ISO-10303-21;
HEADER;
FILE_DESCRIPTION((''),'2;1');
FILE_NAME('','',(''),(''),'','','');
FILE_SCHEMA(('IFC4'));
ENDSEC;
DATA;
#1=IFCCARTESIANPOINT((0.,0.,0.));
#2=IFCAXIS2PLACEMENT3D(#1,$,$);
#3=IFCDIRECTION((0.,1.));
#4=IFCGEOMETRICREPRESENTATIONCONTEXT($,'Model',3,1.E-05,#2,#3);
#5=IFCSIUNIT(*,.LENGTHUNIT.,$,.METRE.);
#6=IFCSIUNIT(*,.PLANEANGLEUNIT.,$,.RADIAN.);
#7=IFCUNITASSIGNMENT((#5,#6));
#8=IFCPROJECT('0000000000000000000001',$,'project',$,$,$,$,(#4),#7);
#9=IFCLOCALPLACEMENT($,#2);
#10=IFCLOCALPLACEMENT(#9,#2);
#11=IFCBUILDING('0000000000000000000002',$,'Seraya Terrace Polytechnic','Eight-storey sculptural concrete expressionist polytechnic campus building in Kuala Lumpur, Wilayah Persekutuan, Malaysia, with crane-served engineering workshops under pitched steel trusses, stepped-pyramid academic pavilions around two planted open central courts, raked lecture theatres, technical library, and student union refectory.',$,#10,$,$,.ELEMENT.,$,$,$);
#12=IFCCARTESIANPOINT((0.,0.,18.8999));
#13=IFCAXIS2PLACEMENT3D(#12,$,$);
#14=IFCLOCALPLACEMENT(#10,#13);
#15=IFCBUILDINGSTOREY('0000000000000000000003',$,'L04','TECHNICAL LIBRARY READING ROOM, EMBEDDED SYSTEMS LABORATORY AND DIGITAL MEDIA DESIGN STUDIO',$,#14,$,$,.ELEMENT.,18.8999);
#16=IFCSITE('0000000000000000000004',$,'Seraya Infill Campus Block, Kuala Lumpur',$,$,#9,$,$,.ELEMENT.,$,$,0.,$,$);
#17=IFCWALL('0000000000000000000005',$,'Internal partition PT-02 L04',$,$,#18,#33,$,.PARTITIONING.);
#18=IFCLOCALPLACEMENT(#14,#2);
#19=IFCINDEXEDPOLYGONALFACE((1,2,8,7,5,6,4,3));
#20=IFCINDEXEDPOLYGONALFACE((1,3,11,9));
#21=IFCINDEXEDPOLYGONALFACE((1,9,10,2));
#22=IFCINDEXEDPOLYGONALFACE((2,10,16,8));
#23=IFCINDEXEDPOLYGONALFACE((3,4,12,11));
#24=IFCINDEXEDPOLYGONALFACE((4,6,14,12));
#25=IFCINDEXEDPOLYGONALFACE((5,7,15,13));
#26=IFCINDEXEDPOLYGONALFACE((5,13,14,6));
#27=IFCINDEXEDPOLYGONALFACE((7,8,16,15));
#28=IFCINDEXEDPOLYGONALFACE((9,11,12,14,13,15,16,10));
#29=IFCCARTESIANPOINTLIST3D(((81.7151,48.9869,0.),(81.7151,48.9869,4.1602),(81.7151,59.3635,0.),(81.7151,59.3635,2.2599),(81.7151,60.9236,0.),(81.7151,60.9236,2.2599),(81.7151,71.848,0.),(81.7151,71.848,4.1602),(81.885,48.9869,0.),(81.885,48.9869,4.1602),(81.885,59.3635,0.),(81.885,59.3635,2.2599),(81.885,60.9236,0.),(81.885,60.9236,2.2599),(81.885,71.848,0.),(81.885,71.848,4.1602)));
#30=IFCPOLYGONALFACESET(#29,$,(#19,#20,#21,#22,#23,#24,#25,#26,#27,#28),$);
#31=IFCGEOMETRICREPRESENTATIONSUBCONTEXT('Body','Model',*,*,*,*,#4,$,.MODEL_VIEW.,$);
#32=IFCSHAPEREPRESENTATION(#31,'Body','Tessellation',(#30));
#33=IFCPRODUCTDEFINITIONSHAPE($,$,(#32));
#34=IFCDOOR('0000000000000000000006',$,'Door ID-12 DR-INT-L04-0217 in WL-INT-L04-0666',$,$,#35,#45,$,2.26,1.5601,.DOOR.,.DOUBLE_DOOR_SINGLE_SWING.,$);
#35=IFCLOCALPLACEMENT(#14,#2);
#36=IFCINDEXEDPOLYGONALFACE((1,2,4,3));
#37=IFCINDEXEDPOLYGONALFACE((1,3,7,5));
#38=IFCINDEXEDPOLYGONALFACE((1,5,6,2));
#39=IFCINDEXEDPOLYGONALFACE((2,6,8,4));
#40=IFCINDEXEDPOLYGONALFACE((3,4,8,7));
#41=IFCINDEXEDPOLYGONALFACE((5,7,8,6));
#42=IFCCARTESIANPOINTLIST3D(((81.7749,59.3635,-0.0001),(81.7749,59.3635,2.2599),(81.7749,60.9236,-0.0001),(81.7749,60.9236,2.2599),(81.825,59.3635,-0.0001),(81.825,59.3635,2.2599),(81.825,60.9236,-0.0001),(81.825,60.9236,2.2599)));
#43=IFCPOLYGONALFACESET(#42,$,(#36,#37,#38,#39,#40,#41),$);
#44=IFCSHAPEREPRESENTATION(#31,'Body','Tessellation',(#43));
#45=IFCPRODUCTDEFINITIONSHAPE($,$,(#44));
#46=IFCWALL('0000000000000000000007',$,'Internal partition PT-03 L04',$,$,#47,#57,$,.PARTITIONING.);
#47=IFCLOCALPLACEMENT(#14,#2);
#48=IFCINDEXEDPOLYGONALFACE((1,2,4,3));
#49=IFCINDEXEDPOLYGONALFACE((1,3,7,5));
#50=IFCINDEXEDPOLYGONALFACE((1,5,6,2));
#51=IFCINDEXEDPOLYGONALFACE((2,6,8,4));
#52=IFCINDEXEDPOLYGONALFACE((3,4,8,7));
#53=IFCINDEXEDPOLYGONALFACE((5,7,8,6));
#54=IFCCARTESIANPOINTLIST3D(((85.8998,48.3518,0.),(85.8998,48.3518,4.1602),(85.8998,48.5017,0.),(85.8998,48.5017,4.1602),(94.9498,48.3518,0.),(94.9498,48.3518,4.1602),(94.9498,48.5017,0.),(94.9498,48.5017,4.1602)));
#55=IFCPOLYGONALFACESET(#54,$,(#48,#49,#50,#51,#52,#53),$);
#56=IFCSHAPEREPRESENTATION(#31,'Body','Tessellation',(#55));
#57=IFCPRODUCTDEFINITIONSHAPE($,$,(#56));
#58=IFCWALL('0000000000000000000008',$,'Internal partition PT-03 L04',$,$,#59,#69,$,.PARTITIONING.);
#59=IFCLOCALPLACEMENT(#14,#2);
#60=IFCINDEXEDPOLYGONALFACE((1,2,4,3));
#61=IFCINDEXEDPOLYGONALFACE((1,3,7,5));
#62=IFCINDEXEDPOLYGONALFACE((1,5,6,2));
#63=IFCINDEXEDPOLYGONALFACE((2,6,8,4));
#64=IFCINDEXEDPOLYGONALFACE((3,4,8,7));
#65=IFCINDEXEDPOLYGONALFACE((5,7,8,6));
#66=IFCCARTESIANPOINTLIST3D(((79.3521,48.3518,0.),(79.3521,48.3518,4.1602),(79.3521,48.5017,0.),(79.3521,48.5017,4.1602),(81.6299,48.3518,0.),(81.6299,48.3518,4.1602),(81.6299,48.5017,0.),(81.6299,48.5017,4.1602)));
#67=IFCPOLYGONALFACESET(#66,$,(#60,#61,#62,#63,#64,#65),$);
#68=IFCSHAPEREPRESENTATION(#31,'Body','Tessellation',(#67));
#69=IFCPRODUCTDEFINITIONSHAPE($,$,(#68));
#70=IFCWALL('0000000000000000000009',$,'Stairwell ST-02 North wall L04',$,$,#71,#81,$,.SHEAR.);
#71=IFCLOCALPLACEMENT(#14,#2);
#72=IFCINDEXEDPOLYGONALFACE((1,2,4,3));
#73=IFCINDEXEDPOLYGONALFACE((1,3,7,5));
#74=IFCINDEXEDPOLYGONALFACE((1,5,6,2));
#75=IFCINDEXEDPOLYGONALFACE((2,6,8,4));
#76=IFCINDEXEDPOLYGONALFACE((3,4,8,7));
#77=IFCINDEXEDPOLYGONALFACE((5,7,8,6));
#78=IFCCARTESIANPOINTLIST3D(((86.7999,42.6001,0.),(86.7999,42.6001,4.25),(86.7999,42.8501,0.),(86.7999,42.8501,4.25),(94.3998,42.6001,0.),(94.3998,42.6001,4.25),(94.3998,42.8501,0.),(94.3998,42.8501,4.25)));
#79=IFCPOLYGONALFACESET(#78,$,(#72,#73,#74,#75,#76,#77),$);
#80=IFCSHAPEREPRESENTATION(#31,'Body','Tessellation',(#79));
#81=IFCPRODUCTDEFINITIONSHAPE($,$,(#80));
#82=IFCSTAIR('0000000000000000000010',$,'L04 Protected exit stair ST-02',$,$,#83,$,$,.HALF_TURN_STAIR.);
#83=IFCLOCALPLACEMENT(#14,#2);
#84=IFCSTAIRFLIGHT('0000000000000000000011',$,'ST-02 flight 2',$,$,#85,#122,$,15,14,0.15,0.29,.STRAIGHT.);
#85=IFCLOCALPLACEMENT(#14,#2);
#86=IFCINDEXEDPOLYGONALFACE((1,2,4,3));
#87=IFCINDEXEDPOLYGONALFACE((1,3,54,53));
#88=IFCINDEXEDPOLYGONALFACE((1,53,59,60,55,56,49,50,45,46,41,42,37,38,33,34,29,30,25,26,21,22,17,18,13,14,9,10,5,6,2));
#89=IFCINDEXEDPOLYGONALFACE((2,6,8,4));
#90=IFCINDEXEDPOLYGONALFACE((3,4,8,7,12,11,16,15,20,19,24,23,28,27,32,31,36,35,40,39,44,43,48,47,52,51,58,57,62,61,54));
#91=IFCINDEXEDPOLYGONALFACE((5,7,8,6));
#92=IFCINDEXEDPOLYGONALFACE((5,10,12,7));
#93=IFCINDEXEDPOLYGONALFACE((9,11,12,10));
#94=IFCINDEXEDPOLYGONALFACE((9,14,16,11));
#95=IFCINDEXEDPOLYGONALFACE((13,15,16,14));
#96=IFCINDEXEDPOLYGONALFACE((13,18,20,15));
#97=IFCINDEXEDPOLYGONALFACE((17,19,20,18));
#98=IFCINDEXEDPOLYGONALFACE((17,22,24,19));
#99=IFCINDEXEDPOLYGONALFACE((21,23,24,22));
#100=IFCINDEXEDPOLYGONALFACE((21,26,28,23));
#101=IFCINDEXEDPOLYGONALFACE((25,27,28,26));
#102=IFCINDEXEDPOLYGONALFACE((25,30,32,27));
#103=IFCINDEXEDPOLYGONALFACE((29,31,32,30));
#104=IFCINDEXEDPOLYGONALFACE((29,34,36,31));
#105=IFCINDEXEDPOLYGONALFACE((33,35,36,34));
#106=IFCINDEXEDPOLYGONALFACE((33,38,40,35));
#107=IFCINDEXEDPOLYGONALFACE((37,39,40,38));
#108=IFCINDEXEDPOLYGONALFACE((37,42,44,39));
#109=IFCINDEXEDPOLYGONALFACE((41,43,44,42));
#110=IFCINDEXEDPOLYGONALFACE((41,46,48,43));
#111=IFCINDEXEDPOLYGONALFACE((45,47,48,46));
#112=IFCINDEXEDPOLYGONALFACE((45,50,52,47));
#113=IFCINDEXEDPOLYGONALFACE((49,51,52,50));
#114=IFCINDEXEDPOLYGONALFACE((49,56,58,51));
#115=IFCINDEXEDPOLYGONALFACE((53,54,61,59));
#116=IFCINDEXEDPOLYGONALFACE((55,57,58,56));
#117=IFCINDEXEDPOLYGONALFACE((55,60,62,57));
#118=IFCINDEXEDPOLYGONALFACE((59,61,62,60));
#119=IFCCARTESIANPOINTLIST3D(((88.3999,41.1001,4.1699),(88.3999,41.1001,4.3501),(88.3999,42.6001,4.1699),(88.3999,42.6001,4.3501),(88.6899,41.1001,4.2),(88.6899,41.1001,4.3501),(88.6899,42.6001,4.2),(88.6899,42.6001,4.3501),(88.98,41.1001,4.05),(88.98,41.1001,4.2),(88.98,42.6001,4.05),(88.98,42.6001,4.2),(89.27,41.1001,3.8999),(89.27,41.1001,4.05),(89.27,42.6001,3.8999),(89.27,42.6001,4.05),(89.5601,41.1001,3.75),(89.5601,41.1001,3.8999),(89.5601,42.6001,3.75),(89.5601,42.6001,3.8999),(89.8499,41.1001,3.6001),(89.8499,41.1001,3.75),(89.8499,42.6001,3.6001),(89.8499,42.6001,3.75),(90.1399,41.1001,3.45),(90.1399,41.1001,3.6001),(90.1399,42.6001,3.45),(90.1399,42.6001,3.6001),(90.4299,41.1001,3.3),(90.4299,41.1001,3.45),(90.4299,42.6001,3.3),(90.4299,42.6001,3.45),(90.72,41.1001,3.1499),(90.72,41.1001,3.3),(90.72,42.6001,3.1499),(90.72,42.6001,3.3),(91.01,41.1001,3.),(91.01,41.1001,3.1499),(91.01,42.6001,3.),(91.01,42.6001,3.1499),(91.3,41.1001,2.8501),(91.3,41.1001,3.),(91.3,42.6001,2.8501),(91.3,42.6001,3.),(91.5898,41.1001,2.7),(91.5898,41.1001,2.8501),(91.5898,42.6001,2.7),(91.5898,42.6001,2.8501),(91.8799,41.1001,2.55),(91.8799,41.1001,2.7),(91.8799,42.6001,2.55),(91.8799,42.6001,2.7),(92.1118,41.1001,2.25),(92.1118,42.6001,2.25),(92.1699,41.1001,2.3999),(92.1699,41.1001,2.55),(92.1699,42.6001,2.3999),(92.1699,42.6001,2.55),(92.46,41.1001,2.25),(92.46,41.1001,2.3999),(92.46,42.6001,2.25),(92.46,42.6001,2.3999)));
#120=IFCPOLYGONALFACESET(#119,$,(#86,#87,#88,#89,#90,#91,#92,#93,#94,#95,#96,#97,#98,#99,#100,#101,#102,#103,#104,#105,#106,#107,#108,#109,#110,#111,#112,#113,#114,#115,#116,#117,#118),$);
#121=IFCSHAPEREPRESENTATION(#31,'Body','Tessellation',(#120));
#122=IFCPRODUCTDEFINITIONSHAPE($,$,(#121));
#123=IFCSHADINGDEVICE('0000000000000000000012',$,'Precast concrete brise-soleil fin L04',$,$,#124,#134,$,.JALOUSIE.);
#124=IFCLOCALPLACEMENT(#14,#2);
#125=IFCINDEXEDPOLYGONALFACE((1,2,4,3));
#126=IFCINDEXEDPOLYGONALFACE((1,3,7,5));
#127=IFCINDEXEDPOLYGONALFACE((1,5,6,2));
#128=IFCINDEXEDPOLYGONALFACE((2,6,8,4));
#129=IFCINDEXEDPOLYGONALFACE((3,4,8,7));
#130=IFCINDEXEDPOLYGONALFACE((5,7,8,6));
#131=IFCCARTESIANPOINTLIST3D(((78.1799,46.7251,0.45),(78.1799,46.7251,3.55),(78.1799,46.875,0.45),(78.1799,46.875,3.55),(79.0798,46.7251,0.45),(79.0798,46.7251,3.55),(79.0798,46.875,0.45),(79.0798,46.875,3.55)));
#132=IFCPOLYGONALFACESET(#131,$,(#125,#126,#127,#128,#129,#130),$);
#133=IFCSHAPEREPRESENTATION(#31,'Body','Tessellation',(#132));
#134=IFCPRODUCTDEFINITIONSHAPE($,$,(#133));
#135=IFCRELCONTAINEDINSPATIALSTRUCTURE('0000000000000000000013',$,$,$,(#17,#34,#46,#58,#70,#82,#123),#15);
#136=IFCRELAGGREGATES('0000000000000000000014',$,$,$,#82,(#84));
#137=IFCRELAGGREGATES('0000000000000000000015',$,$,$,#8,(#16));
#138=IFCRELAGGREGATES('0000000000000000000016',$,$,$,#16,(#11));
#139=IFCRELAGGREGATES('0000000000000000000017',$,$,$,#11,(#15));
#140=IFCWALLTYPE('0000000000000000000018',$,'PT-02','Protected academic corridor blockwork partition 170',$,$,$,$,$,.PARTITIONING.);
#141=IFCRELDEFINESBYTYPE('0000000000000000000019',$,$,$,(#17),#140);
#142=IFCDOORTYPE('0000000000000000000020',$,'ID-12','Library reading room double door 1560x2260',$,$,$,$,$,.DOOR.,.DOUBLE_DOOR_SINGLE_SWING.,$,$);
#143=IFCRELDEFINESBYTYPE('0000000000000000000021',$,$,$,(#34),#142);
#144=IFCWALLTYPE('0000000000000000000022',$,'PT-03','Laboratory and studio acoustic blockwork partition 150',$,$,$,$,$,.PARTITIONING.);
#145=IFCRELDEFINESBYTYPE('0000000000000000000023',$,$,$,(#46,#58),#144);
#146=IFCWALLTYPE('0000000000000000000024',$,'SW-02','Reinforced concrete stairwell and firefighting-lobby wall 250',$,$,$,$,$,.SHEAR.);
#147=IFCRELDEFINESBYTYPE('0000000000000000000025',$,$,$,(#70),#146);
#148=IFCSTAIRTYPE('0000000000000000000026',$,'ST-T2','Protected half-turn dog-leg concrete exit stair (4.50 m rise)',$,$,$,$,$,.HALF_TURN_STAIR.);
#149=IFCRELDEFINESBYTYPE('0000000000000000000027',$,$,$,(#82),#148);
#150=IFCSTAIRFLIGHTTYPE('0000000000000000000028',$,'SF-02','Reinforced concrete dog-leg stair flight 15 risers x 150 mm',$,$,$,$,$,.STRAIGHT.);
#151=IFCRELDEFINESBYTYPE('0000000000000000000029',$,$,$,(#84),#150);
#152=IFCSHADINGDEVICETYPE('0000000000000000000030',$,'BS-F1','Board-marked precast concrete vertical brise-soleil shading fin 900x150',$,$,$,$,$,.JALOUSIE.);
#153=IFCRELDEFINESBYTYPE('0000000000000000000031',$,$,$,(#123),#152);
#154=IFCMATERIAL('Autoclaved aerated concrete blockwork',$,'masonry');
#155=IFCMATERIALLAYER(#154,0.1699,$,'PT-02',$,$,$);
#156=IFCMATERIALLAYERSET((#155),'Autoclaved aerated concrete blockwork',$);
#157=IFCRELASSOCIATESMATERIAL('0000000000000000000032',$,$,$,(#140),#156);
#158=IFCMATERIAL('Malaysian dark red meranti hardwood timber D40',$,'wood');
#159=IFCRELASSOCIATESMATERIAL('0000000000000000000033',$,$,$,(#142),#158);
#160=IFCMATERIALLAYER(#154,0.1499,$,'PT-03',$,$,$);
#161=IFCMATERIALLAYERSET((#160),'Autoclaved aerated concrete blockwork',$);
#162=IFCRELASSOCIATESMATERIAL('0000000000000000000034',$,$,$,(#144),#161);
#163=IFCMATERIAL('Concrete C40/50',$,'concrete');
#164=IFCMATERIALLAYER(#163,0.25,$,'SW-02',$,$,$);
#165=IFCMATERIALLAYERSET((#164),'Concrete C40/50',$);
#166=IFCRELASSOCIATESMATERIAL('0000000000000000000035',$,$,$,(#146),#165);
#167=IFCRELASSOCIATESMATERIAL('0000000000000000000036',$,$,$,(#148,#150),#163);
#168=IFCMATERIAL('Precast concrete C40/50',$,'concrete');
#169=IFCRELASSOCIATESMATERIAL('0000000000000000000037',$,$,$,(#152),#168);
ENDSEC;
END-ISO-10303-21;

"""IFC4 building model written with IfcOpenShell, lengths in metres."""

from ifc_helpers import new_model, si_unit, direction, frame, frame_2d, origin, origin_2d, place, context, subcontext, project, spatial, polyline, rectangle, outline, extrude, material, layer, layer_set, type_object, element, fill, aggregate, save


model = new_model("IFC4")

# Units and contexts
model_context = context("Model", 3, precision=1e-05, world=origin(), true_north=direction((0.0, 1.0)))
body_context = subcontext(model_context, "Body", "Model", "MODEL_VIEW")
ifc_project = project(units=[si_unit("LENGTHUNIT", "METRE"), si_unit("PLANEANGLEUNIT", "RADIAN")], contexts=[model_context])

# Site, building, storey
site_placement = place(None, origin())
site = spatial("IfcSite", under=ifc_project, at=site_placement, Name="Seraya Infill Campus Block, Kuala Lumpur", CompositionType="ELEMENT", RefElevation=0.0)
building_placement = place(site_placement, origin())
building = spatial("IfcBuilding", under=site, at=building_placement, Name="Seraya Terrace Polytechnic", Description="Eight-storey sculptural concrete expressionist polytechnic campus building in Kuala Lumpur, Wilayah Persekutuan, Malaysia, with crane-served engineering workshops under pitched steel trusses, stepped-pyramid academic pavilions around two planted open central courts, raked lecture theatres, technical library, and student union refectory.", CompositionType="ELEMENT")
storey_placement = place(building_placement, frame((0.0, 0.0, 18.8999)))
storey = spatial("IfcBuildingStorey", under=building, at=storey_placement, Name="L04", Description="TECHNICAL LIBRARY READING ROOM, EMBEDDED SYSTEMS LABORATORY AND DIGITAL MEDIA DESIGN STUDIO", CompositionType="ELEMENT", Elevation=18.8999)

# Shared definitions
ifc_material_1 = material(Name="Concrete C40/50", Category="concrete")

# Shared definitions
ifc_material_2 = material(Name="Precast concrete C40/50", Category="concrete")

# Shared definitions
ifc_material_3 = material(Name="Autoclaved aerated concrete blockwork", Category="masonry")
ifc_layer_1 = layer(ifc_material_3, 0.1699, Name="PT-02")
ifc_layer_set_1 = layer_set([ifc_layer_1], Name="Autoclaved aerated concrete blockwork")
wall_type_1 = type_object("IfcWallType", Name="PT-02", Description="Protected academic corridor blockwork partition 170", PredefinedType="PARTITIONING", material=ifc_layer_set_1)

# Wall, opening, door
wall_1_placement = place(storey_placement, frame((81.8, 48.9868, 0.0), z_axis=(0.0, 0.0, 1.0), x_axis=(0.0, 1.0, 0.0)))
wall_1 = element("IfcWall", 1, at=wall_1_placement, inside=storey, type_object=wall_type_1, Name="Internal partition PT-02 L04", PredefinedType="PARTITIONING", context=body_context, shape_type="SweptSolid", body=[
    extrude(rectangle(XDim=22.8611, YDim=0.1699, at=frame_2d((11.4307, 0.0))), origin(), (0.0, 0.0, 1.0), 4.1602),
])
opening_1_placement = place(wall_1_placement, frame((10.3767, 0.0, 0.0)))
opening_1 = element("IfcOpeningElement", 2, at=opening_1_placement, cuts=wall_1, PredefinedType="OPENING", context=body_context, shape_type="SweptSolid", body=[
    extrude(rectangle(XDim=1.5601, YDim=2.26, at=frame_2d((0.78, 1.1299))), frame((0.0, 0.0969, 0.0), z_axis=(0.0, -1.0, 0.0), x_axis=(1.0, 0.0, 0.0)), (0.0, 0.0, 1.0), 0.1938),
])
ifc_material_4 = material(Name="Malaysian dark red meranti hardwood timber D40", Category="wood")
door_type = type_object("IfcDoorType", Name="ID-12", Description="Library reading room double door 1560x2260", OperationType="DOUBLE_DOOR_SINGLE_SWING", PredefinedType="DOOR", material=ifc_material_4)
door_placement = place(opening_1_placement, frame((1.5601, 0.0, 0.0), z_axis=(0.0, 0.0, 1.0), x_axis=(-1.0, 0.0, 0.0)))
door = element("IfcDoor", 3, at=door_placement, inside=storey, type_object=door_type, Name="Door ID-12 DR-INT-L04-0217 in WL-INT-L04-0666", OperationType="DOUBLE_DOOR_SINGLE_SWING", OverallHeight=2.26, OverallWidth=1.5601, PredefinedType="DOOR", context=body_context, shape_type="SweptSolid", body=[
    extrude(rectangle(XDim=1.5601, YDim=2.26, at=frame_2d((0.78, 1.1299))), frame((0.0, 0.0249, 0.0), z_axis=(0.0, -1.0, 0.0), x_axis=(1.0, 0.0, 0.0)), (0.0, 0.0, 1.0), 0.05),
])
fill(opening_1, door)

# Walls
ifc_layer_2 = layer(ifc_material_3, 0.1499, Name="PT-03")
ifc_layer_set_2 = layer_set([ifc_layer_2], Name="Autoclaved aerated concrete blockwork")
wall_type_2 = type_object("IfcWallType", Name="PT-03", Description="Laboratory and studio acoustic blockwork partition 150", PredefinedType="PARTITIONING", material=ifc_layer_set_2)
wall_2_placement = place(storey_placement, frame((85.8999, 48.4268, 0.0), z_axis=(0.0, 0.0, 1.0), x_axis=(1.0, 0.0, 0.0)))
element("IfcWall", 4, at=wall_2_placement, inside=storey, type_object=wall_type_2, Name="Internal partition PT-03 L04", PredefinedType="PARTITIONING", context=body_context, shape_type="SweptSolid", body=[
    extrude(rectangle(XDim=9.05, YDim=0.1499, at=frame_2d((4.5249, 0.0))), origin(), (0.0, 0.0, 1.0), 4.1602),
])
wall_3_placement = place(storey_placement, frame((79.3521, 48.4268, 0.0), z_axis=(0.0, 0.0, 1.0), x_axis=(1.0, 0.0, 0.0)))
element("IfcWall", 5, at=wall_3_placement, inside=storey, type_object=wall_type_2, Name="Internal partition PT-03 L04", PredefinedType="PARTITIONING", context=body_context, shape_type="SweptSolid", body=[
    extrude(rectangle(XDim=2.2778, YDim=0.1499, at=frame_2d((1.1389, 0.0))), origin(), (0.0, 0.0, 1.0), 4.1602),
])
ifc_layer_3 = layer(ifc_material_1, 0.25, Name="SW-02")
ifc_layer_set_3 = layer_set([ifc_layer_3], Name="Concrete C40/50")
wall_type_3 = type_object("IfcWallType", Name="SW-02", Description="Reinforced concrete stairwell and firefighting-lobby wall 250", PredefinedType="SHEAR", material=ifc_layer_set_3)
wall_4_placement = place(storey_placement, frame((86.8, 42.7251, 0.0), z_axis=(0.0, 0.0, 1.0), x_axis=(1.0, 0.0, 0.0)))
element("IfcWall", 6, at=wall_4_placement, inside=storey, type_object=wall_type_3, Name="Stairwell ST-02 North wall L04", PredefinedType="SHEAR", context=body_context, shape_type="SweptSolid", body=[
    extrude(rectangle(XDim=7.5999, YDim=0.25, at=frame_2d((3.7998, 0.0))), origin(), (0.0, 0.0, 1.0), 4.25),
])

# Stair, stair flight
stair_type = type_object("IfcStairType", Name="ST-T2", Description="Protected half-turn dog-leg concrete exit stair (4.50 m rise)", PredefinedType="HALF_TURN_STAIR", material=ifc_material_1)
stair_placement = place(storey_placement, origin())
stair = element("IfcStair", 7, at=stair_placement, inside=storey, type_object=stair_type, Name="L04 Protected exit stair ST-02", PredefinedType="HALF_TURN_STAIR")
stair_flight_type = type_object("IfcStairFlightType", Name="SF-02", Description="Reinforced concrete dog-leg stair flight 15 risers x 150 mm", PredefinedType="STRAIGHT", material=ifc_material_1)
stair_flight_placement = place(storey_placement, frame((92.46, 41.8501, 2.25), z_axis=(0.0, 0.0, 1.0), x_axis=(-1.0, 0.0, 0.0)))
stair_flight = element("IfcStairFlight", 8, at=stair_flight_placement, type_object=stair_flight_type, Name="ST-02 flight 2", NumberOfRisers=15, NumberOfTreads=14, PredefinedType="STRAIGHT", RiserHeight=0.15, TreadLength=0.29, context=body_context, shape_type="SweptSolid", body=[
    extrude(outline(polyline([(0.0, 0.0), (0.0, 0.1499), (0.29, 0.1499), (0.29, 0.3), (0.5801, 0.3), (0.5801, 0.45), (0.8701, 0.45), (0.8701, 0.6001), (1.1599, 0.6001), (1.1599, 0.75), (1.45, 0.75), (1.45, 0.8999), (1.74, 0.8999), (1.74, 1.05), (2.03, 1.05), (2.03, 1.2), (2.3201, 1.2), (2.3201, 1.3501), (2.6101, 1.3501), (2.6101, 1.5), (2.8999, 1.5), (2.8999, 1.6499), (3.1899, 1.6499), (3.1899, 1.8), (3.48, 1.8), (3.48, 1.95), (3.77, 1.95), (3.77, 2.1001), (4.0601, 2.1001), (4.0601, 2.25), (4.0601, 1.9199), (0.3481, 0.0), (0.0, 0.0)])), frame((0.0, 0.75, 0.0), z_axis=(0.0, -1.0, 0.0), x_axis=(1.0, 0.0, 0.0)), (0.0, 0.0, 1.0), 1.5),
])
aggregate(stair, [stair_flight])

# Shading device
shading_device_type = type_object("IfcShadingDeviceType", Name="BS-F1", Description="Board-marked precast concrete vertical brise-soleil shading fin 900x150", PredefinedType="JALOUSIE", material=ifc_material_2)
shading_device_placement = place(storey_placement, frame((78.6299, 46.8, 0.45), z_axis=(0.0, 0.0, 1.0), x_axis=(-1.0, 0.0, 0.0)))
element("IfcShadingDevice", 9, at=shading_device_placement, inside=storey, type_object=shading_device_type, Name="Precast concrete brise-soleil fin L04", PredefinedType="JALOUSIE", context=body_context, shape_type="SweptSolid", body=[
    extrude(rectangle(XDim=0.8999, YDim=0.1499, at=origin_2d()), origin(), (0.0, 0.0, 1.0), 3.1001),
])

save(model, "model.ifc")
